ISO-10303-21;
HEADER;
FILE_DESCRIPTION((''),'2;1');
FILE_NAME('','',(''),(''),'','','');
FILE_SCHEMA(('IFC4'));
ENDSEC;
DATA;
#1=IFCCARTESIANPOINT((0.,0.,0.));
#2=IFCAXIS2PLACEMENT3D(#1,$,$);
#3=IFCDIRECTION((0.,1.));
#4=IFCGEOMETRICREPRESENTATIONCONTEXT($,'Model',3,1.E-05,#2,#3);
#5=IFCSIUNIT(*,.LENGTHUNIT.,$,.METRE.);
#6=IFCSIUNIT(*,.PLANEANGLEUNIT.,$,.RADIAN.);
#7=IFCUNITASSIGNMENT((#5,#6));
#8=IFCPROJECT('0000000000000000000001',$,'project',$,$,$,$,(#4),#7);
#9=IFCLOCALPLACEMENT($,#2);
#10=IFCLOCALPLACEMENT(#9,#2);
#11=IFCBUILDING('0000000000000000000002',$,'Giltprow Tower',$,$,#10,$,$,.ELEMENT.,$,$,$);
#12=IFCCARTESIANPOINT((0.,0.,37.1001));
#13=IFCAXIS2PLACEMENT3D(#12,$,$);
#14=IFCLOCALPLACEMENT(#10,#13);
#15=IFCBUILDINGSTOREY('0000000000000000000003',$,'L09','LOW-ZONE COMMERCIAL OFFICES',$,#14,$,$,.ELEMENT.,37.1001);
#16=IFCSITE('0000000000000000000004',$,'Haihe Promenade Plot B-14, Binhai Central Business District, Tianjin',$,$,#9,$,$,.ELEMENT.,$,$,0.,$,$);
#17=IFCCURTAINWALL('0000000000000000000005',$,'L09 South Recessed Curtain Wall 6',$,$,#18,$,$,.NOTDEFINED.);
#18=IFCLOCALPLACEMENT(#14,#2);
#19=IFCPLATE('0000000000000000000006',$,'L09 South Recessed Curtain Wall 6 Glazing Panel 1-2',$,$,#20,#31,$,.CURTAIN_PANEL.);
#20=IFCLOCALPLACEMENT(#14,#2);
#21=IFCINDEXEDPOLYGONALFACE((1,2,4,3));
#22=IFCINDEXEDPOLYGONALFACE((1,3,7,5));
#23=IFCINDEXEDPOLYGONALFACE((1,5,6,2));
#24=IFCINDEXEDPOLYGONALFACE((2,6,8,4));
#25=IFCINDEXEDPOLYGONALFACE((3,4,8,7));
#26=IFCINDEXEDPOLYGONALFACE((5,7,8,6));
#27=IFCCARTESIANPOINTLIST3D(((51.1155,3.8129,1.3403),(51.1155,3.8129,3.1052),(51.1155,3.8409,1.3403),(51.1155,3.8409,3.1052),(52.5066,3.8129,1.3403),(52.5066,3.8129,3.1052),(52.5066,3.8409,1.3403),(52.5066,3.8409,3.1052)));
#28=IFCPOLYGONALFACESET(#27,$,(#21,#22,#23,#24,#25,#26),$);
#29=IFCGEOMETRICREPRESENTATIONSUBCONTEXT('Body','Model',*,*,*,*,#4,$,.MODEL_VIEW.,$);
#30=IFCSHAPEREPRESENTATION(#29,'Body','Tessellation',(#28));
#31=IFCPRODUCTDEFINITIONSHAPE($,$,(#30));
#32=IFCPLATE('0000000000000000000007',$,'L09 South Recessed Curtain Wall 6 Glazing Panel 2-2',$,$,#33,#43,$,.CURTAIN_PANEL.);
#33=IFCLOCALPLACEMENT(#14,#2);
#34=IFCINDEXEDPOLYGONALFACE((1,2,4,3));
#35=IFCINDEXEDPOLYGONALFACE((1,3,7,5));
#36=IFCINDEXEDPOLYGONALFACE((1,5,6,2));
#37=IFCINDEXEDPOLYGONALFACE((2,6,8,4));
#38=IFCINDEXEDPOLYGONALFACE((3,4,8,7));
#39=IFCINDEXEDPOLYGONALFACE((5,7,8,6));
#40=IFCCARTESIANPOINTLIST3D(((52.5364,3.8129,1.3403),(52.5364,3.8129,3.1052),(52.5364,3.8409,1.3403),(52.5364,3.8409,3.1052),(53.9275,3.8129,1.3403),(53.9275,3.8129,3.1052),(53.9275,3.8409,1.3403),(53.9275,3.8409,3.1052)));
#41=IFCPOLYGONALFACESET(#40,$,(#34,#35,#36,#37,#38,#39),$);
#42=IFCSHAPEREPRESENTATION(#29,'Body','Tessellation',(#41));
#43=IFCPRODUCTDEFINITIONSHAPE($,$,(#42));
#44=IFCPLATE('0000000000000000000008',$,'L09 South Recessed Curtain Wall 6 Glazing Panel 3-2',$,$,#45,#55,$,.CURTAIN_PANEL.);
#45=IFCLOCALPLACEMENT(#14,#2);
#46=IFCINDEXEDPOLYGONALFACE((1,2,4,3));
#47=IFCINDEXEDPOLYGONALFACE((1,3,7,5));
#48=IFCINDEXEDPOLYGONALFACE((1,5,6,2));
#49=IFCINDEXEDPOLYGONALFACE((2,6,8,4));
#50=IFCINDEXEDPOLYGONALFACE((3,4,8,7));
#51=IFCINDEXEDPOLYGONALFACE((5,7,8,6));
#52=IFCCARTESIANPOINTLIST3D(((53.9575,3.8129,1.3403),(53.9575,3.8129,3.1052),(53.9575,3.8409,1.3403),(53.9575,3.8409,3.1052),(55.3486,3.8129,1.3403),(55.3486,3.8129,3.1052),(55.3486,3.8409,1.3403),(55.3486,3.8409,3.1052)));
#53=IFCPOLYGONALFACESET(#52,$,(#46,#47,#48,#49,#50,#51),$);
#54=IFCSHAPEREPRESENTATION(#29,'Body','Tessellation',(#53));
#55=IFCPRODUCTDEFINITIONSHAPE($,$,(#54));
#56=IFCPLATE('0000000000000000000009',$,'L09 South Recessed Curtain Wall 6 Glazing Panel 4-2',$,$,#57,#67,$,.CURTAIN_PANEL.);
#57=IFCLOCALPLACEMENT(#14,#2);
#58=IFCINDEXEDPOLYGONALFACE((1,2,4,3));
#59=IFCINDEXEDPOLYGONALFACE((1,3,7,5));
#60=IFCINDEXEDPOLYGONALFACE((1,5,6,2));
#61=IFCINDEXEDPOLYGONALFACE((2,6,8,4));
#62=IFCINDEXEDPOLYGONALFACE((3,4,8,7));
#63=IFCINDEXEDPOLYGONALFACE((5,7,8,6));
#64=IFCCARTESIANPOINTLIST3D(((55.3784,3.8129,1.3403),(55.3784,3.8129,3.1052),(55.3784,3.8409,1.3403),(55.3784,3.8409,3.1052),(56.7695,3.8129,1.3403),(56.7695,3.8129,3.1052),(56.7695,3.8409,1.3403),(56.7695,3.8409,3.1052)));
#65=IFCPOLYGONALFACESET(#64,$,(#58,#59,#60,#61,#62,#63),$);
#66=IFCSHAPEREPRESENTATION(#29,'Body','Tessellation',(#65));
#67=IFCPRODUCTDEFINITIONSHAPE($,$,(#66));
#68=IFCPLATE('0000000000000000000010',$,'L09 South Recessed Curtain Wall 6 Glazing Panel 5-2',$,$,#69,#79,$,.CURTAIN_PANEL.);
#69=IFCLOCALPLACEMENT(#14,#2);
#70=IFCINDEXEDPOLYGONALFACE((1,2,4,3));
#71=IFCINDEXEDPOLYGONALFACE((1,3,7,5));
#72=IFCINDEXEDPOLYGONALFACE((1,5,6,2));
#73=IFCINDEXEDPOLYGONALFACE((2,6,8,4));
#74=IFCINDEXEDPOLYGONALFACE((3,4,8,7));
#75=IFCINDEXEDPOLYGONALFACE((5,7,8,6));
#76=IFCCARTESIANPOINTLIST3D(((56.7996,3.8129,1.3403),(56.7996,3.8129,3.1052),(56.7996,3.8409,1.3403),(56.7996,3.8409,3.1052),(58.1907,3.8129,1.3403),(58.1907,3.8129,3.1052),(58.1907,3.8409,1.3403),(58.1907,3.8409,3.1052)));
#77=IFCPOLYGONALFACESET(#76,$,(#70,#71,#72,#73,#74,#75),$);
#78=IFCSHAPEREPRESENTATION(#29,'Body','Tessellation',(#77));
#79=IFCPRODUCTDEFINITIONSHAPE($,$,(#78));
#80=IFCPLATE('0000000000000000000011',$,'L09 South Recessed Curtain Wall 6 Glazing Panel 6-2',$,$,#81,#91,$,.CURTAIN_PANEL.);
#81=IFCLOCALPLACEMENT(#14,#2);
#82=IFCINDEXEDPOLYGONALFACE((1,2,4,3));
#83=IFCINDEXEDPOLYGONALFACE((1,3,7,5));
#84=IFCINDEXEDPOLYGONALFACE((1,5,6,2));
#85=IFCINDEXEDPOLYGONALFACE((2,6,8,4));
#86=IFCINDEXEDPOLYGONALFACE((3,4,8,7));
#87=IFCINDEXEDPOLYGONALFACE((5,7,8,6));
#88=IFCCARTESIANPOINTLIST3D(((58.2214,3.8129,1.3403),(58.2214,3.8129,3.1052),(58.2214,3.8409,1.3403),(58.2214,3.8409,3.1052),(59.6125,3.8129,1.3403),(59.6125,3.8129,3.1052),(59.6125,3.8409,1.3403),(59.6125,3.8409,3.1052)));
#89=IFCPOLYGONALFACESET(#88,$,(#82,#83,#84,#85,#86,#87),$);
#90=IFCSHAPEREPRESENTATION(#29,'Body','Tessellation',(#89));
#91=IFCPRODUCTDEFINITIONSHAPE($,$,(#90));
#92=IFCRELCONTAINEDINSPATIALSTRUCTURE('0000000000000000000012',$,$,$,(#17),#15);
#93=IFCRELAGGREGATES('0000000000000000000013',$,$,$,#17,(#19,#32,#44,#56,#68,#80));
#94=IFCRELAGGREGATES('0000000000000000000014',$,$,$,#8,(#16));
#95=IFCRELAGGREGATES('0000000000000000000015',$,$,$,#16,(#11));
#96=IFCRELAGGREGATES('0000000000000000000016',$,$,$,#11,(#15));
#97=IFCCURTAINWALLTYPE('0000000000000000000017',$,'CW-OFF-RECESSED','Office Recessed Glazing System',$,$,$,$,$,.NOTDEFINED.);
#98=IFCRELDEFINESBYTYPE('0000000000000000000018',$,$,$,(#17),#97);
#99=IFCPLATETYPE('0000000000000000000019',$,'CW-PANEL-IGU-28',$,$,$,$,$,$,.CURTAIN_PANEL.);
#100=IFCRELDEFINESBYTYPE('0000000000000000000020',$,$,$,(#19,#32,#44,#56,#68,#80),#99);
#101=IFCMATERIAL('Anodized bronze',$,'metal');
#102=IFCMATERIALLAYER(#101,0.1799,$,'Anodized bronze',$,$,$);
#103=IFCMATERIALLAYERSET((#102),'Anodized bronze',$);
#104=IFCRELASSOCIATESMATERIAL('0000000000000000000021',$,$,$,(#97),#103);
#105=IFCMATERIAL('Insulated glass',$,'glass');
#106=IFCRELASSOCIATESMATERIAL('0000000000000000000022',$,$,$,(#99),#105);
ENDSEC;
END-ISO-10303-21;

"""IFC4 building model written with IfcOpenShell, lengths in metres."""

from ifc_helpers import new_model, si_unit, direction, frame, origin, origin_2d, place, context, subcontext, project, spatial, rectangle, extrude, source, transform, mapped, material, layer, layer_set, type_object, element, aggregate, save


model = new_model("IFC4")

# Units and contexts
model_context = context("Model", 3, precision=1e-05, world=origin(), true_north=direction((0.0, 1.0)))
body_context = subcontext(model_context, "Body", "Model", "MODEL_VIEW")
ifc_project = project(units=[si_unit("LENGTHUNIT", "METRE"), si_unit("PLANEANGLEUNIT", "RADIAN")], contexts=[model_context])

# Site, building, storey
site_placement = place(None, origin())
site = spatial("IfcSite", under=ifc_project, at=site_placement, Name="Haihe Promenade Plot B-14, Binhai Central Business District, Tianjin", CompositionType="ELEMENT", RefElevation=0.0)
building_placement = place(site_placement, origin())
building = spatial("IfcBuilding", under=site, at=building_placement, Name="Giltprow Tower", CompositionType="ELEMENT")
storey_placement = place(building_placement, frame((0.0, 0.0, 37.1001)))
storey = spatial("IfcBuildingStorey", under=building, at=storey_placement, Name="L09", Description="LOW-ZONE COMMERCIAL OFFICES", CompositionType="ELEMENT", Elevation=37.1001)

# Curtain wall, plates
ifc_material_1 = material(Name="Anodized bronze", Category="metal")
ifc_layer = layer(ifc_material_1, 0.1799, Name="Anodized bronze")
ifc_layer_set = layer_set([ifc_layer], Name="Anodized bronze")
curtain_wall_type = type_object("IfcCurtainWallType", Name="CW-OFF-RECESSED", Description="Office Recessed Glazing System", PredefinedType="NOTDEFINED", material=ifc_layer_set)
curtain_wall_placement = place(storey_placement, origin())
curtain_wall = element("IfcCurtainWall", 1, at=curtain_wall_placement, inside=storey, type_object=curtain_wall_type, Name="L09 South Recessed Curtain Wall 6", PredefinedType="NOTDEFINED")
ifc_material_2 = material(Name="Insulated glass", Category="glass")
plate_type = type_object("IfcPlateType", Name="CW-PANEL-IGU-28", PredefinedType="CURTAIN_PANEL", material=ifc_material_2)
shared_shape_1 = source(origin(), body_context, "Body", "SweptSolid", [
    extrude(rectangle(XDim=1.3911, YDim=0.0281, at=origin_2d()), origin(), (0.0, 0.0, 1.0), 1.7649),
])
plate_1_placement = place(storey_placement, frame((51.811, 3.8269, 1.3403), z_axis=(0.0, 0.0, 1.0), x_axis=(1.0, 0.0, 0.0)))
plate_1 = element("IfcPlate", 2, at=plate_1_placement, type_object=plate_type, Name="L09 South Recessed Curtain Wall 6 Glazing Panel 1-2", PredefinedType="CURTAIN_PANEL", context=body_context, shape_type="MappedRepresentation", body=[
    mapped(shared_shape_1, transform((0.0, 0.0, 0.0), x_axis=(1.0, 0.0, 0.0), y_axis=(0.0, 1.0, 0.0), z_axis=(0.0, 0.0, 1.0), scale=1.0)),
])
plate_2_placement = place(storey_placement, frame((53.2319, 3.8269, 1.3403), z_axis=(0.0, 0.0, 1.0), x_axis=(1.0, 0.0, 0.0)))
plate_2 = element("IfcPlate", 3, at=plate_2_placement, type_object=plate_type, Name="L09 South Recessed Curtain Wall 6 Glazing Panel 2-2", PredefinedType="CURTAIN_PANEL", context=body_context, shape_type="MappedRepresentation", body=[
    mapped(shared_shape_1, transform((0.0, 0.0, 0.0), x_axis=(1.0, 0.0, 0.0), y_axis=(0.0, 1.0, 0.0), z_axis=(0.0, 0.0, 1.0), scale=1.0)),
])
plate_3_placement = place(storey_placement, frame((54.6531, 3.8269, 1.3403), z_axis=(0.0, 0.0, 1.0), x_axis=(1.0, 0.0, 0.0)))
plate_3 = element("IfcPlate", 4, at=plate_3_placement, type_object=plate_type, Name="L09 South Recessed Curtain Wall 6 Glazing Panel 3-2", PredefinedType="CURTAIN_PANEL", context=body_context, shape_type="MappedRepresentation", body=[
    mapped(shared_shape_1, transform((0.0, 0.0, 0.0), x_axis=(1.0, 0.0, 0.0), y_axis=(0.0, 1.0, 0.0), z_axis=(0.0, 0.0, 1.0), scale=1.0)),
])
plate_4_placement = place(storey_placement, frame((56.074, 3.8269, 1.3403), z_axis=(0.0, 0.0, 1.0), x_axis=(1.0, 0.0, 0.0)))
plate_4 = element("IfcPlate", 5, at=plate_4_placement, type_object=plate_type, Name="L09 South Recessed Curtain Wall 6 Glazing Panel 4-2", PredefinedType="CURTAIN_PANEL", context=body_context, shape_type="MappedRepresentation", body=[
    mapped(shared_shape_1, transform((0.0, 0.0, 0.0), x_axis=(1.0, 0.0, 0.0), y_axis=(0.0, 1.0, 0.0), z_axis=(0.0, 0.0, 1.0), scale=1.0)),
])
plate_5_placement = place(storey_placement, frame((57.4951, 3.8269, 1.3403), z_axis=(0.0, 0.0, 1.0), x_axis=(1.0, 0.0, 0.0)))
plate_5 = element("IfcPlate", 6, at=plate_5_placement, type_object=plate_type, Name="L09 South Recessed Curtain Wall 6 Glazing Panel 5-2", PredefinedType="CURTAIN_PANEL", context=body_context, shape_type="MappedRepresentation", body=[
    mapped(shared_shape_1, transform((0.0, 0.0, 0.0), x_axis=(1.0, 0.0, 0.0), y_axis=(0.0, 1.0, 0.0), z_axis=(0.0, 0.0, 1.0), scale=1.0)),
])
plate_6_placement = place(storey_placement, frame((58.917, 3.8269, 1.3403), z_axis=(0.0, 0.0, 1.0), x_axis=(1.0, 0.0, 0.0)))
plate_6 = element("IfcPlate", 7, at=plate_6_placement, type_object=plate_type, Name="L09 South Recessed Curtain Wall 6 Glazing Panel 6-2", PredefinedType="CURTAIN_PANEL", context=body_context, shape_type="MappedRepresentation", body=[
    mapped(shared_shape_1, transform((0.0, 0.0, 0.0), x_axis=(1.0, 0.0, 0.0), y_axis=(0.0, 1.0, 0.0), z_axis=(0.0, 0.0, 1.0), scale=1.0)),
])
aggregate(curtain_wall, [plate_1, plate_2, plate_3, plate_4, plate_5, plate_6])

save(model, "model.ifc")
